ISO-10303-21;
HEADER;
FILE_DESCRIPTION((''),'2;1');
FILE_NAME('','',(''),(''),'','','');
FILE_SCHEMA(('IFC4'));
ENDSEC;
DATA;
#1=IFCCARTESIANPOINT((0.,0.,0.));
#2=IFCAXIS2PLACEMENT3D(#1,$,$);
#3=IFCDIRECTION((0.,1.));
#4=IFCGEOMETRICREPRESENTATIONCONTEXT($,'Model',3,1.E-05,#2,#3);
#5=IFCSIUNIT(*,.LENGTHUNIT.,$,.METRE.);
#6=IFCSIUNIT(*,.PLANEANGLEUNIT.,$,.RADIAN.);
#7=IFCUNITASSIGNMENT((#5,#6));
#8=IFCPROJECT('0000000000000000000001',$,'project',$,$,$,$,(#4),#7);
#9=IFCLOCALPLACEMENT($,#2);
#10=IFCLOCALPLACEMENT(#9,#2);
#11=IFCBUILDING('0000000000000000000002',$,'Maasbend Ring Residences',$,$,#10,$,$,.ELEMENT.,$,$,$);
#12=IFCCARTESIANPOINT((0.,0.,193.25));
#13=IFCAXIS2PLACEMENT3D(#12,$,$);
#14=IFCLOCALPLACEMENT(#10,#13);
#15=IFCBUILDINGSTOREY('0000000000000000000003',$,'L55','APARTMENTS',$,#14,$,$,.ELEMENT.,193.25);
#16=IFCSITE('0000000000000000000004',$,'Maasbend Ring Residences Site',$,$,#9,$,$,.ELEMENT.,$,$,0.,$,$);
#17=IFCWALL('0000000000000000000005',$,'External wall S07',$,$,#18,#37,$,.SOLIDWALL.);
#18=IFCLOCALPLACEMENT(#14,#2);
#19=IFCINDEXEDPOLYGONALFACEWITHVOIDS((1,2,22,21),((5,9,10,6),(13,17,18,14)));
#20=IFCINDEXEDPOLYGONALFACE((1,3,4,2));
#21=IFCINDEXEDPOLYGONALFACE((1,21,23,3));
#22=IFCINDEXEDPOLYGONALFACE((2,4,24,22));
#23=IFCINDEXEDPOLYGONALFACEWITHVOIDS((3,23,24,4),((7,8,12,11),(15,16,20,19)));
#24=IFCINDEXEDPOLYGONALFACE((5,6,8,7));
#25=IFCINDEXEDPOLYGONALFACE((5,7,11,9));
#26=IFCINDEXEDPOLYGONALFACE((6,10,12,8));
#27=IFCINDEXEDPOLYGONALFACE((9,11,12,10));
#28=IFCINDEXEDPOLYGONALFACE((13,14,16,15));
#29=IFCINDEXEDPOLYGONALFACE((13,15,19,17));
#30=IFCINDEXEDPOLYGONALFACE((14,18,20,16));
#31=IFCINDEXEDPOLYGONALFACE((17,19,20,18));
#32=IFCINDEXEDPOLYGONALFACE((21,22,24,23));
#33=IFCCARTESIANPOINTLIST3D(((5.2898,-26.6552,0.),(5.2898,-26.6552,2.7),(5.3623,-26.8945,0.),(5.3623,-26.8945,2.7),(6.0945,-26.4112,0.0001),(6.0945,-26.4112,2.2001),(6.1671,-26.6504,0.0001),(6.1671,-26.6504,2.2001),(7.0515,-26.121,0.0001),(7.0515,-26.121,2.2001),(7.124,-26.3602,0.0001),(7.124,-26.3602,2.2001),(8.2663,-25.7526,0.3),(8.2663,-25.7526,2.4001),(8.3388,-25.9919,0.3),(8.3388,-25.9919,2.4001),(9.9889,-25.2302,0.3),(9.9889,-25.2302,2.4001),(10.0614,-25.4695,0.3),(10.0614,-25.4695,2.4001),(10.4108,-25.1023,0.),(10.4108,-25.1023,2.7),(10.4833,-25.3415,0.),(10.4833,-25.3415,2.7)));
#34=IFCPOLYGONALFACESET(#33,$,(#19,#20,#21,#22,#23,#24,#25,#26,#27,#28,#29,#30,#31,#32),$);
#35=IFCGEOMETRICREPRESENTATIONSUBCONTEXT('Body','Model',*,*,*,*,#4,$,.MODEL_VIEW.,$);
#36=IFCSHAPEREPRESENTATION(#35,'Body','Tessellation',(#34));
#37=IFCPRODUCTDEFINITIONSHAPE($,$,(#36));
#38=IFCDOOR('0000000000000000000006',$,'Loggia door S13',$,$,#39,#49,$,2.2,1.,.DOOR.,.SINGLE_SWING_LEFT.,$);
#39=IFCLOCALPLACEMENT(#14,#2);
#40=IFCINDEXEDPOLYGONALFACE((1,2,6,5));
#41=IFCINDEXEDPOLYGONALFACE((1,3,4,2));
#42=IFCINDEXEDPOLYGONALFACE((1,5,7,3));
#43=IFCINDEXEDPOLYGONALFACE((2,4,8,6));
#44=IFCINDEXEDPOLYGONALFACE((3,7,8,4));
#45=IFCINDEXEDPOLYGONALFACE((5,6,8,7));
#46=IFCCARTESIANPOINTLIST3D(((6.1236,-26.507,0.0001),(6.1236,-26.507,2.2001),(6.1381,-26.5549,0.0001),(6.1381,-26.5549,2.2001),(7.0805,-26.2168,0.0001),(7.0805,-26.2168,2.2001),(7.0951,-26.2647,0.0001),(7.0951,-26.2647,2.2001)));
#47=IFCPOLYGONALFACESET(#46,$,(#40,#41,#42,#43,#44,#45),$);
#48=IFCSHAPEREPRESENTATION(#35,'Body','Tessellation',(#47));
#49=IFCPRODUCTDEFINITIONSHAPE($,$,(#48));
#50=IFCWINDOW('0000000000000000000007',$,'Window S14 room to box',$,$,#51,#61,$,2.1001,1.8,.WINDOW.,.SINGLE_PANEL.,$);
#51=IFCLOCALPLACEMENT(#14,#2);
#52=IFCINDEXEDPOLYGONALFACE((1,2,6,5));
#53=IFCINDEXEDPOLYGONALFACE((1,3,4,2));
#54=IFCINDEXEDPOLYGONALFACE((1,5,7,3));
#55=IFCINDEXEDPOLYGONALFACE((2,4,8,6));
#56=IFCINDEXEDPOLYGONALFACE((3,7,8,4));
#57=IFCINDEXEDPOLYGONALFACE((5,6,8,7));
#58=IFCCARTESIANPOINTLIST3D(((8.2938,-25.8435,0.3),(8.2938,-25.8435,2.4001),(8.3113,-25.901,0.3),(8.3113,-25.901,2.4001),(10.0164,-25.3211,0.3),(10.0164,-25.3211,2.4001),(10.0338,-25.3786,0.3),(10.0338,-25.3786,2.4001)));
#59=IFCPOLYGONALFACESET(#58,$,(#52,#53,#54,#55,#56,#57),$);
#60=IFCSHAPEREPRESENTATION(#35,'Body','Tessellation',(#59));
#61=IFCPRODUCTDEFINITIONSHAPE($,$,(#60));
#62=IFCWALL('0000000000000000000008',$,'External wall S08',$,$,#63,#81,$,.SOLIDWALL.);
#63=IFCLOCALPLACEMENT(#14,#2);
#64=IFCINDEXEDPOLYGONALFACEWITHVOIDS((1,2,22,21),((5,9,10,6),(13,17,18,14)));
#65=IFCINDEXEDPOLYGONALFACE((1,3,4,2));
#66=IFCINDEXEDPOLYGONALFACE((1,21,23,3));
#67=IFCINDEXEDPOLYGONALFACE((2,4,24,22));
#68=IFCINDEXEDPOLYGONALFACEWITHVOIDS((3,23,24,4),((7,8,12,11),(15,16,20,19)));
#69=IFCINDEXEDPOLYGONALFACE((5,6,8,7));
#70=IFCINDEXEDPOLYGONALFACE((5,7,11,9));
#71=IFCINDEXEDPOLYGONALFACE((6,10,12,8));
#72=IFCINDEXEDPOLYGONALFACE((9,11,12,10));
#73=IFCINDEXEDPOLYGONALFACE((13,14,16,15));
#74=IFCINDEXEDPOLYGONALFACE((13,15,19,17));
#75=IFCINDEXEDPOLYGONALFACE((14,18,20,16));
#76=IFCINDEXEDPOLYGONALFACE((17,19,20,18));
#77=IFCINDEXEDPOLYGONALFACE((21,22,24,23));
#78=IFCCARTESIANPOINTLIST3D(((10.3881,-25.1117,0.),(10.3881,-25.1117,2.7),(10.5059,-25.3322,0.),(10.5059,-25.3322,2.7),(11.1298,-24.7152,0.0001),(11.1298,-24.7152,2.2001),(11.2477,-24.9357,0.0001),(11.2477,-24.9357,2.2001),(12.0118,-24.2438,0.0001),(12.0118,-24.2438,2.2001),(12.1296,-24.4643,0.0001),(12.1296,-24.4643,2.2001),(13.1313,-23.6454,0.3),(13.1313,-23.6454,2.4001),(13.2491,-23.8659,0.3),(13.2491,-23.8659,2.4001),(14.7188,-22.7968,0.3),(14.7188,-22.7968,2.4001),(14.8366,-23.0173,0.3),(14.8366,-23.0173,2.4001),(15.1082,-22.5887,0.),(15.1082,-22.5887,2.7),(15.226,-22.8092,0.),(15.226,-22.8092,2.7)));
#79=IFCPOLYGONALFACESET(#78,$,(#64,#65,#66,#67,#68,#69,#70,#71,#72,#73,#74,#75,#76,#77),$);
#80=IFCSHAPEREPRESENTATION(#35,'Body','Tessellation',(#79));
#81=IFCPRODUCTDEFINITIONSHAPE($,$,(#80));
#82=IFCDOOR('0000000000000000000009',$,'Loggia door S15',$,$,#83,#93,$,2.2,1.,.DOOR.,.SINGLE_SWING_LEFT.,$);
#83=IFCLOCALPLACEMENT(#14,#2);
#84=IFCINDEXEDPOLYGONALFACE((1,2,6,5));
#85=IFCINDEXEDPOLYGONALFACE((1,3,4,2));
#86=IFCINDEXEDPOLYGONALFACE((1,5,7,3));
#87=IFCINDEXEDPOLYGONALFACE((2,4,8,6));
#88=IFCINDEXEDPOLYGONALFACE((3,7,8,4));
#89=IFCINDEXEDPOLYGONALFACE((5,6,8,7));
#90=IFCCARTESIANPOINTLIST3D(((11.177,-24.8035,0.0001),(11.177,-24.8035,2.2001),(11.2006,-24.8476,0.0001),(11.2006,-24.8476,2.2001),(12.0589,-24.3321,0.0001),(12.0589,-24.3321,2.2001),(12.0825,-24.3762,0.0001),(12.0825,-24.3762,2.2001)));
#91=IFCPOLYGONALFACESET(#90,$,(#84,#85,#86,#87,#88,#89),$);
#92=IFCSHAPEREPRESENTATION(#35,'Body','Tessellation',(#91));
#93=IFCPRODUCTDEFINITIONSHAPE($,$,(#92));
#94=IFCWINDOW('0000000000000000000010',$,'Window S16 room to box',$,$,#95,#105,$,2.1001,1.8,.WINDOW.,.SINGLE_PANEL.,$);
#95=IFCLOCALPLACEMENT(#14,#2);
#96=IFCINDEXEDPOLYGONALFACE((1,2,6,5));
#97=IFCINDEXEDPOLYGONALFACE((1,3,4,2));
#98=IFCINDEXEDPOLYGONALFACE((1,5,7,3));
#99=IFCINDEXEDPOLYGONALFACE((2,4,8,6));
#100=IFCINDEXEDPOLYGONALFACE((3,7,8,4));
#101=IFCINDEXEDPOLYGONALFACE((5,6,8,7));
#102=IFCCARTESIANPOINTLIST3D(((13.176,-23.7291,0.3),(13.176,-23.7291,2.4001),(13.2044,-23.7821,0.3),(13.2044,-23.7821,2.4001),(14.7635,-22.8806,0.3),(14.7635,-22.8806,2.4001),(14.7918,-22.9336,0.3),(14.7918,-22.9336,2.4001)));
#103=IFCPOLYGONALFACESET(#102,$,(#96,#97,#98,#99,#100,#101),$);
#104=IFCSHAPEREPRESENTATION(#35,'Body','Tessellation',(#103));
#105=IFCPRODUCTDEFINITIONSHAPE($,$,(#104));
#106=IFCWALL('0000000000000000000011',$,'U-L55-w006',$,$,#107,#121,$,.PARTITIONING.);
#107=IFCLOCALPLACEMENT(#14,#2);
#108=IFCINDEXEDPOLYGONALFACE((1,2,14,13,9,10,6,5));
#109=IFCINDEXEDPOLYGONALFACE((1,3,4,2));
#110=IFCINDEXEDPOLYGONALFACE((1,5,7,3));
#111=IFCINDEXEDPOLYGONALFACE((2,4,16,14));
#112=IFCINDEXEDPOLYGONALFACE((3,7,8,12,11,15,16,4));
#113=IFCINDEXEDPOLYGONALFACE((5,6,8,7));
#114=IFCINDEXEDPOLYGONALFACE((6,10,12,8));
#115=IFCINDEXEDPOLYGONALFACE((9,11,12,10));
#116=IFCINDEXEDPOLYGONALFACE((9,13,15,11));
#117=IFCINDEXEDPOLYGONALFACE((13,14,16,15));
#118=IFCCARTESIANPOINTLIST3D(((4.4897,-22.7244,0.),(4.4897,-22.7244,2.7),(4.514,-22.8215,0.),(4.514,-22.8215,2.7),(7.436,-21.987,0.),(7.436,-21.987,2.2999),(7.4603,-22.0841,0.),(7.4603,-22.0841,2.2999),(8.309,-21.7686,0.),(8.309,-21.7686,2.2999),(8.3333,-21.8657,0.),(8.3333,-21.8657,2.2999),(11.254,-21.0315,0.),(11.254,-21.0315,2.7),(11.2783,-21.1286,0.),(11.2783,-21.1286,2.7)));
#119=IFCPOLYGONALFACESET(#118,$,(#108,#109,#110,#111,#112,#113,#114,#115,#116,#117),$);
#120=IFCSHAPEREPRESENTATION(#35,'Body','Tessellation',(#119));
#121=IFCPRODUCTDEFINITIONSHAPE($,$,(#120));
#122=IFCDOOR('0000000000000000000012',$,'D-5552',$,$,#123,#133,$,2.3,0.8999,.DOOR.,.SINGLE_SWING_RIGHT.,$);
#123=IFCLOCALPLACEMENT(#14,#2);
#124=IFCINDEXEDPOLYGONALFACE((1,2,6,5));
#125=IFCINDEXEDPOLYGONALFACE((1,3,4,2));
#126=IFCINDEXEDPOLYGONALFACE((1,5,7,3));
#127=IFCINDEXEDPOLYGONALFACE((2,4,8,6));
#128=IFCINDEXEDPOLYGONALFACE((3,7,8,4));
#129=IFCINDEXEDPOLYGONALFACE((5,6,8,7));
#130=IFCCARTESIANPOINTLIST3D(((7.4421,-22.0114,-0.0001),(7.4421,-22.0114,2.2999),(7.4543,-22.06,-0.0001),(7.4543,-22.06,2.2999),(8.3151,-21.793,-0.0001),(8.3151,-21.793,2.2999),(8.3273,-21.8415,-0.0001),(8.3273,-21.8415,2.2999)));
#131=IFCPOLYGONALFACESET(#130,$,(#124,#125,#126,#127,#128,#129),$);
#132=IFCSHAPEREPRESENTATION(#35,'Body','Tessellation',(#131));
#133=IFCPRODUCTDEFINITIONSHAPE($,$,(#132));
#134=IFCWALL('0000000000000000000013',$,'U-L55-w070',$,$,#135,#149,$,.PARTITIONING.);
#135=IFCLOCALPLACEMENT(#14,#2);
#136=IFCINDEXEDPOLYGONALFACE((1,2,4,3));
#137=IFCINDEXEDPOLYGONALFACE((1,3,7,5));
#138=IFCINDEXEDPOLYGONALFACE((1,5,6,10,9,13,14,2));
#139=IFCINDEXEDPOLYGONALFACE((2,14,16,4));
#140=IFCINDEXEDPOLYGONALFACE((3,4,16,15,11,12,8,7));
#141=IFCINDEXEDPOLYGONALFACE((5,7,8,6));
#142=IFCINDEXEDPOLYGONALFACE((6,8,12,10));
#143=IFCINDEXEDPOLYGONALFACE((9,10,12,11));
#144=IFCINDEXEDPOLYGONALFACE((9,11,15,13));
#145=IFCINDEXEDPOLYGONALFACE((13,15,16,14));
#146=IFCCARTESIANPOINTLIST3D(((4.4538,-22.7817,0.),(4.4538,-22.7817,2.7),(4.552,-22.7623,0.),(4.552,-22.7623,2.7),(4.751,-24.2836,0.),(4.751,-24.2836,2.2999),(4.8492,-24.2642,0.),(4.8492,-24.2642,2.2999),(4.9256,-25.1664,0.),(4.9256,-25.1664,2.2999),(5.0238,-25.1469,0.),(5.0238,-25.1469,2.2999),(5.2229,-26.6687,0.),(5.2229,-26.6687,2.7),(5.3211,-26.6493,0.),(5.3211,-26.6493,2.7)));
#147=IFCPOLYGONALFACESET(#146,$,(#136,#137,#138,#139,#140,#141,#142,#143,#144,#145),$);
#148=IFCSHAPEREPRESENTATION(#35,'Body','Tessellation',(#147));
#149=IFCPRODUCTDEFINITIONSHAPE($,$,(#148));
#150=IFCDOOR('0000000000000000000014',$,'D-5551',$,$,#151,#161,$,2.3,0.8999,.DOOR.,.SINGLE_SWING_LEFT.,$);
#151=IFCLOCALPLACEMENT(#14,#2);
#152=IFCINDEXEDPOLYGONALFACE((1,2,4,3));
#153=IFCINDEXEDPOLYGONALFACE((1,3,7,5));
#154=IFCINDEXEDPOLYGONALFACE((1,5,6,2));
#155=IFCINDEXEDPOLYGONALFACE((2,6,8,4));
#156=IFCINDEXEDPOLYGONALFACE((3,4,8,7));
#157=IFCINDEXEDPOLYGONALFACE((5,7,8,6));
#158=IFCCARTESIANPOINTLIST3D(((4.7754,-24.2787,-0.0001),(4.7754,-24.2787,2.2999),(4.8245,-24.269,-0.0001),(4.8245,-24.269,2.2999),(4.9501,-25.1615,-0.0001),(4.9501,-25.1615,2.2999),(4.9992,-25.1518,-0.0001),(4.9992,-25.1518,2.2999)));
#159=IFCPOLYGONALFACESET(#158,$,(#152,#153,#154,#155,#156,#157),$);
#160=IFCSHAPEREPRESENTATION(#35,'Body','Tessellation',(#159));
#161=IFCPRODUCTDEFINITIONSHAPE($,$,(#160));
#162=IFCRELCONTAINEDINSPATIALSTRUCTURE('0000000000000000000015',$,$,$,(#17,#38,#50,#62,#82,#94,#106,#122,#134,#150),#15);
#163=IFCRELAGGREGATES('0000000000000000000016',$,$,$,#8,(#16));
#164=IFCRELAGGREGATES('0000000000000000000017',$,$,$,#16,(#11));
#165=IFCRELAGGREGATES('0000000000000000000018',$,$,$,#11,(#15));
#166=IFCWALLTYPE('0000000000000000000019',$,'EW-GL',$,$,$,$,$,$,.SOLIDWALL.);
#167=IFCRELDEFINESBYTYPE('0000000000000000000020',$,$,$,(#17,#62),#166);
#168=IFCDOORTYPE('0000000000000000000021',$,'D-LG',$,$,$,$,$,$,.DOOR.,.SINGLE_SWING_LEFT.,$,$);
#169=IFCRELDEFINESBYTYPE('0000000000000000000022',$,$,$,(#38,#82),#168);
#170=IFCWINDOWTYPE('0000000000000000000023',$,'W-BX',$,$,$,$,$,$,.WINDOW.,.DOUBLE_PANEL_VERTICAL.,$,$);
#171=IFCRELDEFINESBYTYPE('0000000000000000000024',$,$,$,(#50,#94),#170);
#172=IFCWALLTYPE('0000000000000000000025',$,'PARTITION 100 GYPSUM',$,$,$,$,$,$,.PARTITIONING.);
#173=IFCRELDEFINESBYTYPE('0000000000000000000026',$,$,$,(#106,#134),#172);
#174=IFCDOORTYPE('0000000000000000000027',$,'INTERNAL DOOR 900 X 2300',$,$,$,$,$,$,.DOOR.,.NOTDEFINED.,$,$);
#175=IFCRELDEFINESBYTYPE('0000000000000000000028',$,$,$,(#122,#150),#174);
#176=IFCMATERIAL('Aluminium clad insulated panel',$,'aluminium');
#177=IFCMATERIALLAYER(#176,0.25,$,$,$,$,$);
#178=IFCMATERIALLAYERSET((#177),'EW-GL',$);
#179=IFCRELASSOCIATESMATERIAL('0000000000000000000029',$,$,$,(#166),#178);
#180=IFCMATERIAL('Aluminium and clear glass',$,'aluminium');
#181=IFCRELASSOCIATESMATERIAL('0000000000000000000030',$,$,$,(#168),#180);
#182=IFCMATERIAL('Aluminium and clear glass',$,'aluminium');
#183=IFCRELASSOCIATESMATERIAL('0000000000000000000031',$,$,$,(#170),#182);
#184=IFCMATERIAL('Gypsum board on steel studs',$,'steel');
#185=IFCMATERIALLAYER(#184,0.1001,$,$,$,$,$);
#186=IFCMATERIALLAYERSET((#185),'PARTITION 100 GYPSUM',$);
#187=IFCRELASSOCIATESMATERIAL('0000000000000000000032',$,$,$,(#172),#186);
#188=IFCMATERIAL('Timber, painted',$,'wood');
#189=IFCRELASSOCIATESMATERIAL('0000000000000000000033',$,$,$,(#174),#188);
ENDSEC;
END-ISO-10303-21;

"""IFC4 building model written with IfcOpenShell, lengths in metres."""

from ifc_helpers import new_model, si_unit, direction, frame, frame_2d, origin, place, context, subcontext, project, spatial, rectangle, extrude, material, layer, layer_set, type_object, element, fill, save


model = new_model("IFC4")

# Units and contexts
model_context = context("Model", 3, precision=1e-05, world=origin(), true_north=direction((0.0, 1.0)))
body_context = subcontext(model_context, "Body", "Model", "MODEL_VIEW")
ifc_project = project(units=[si_unit("LENGTHUNIT", "METRE"), si_unit("PLANEANGLEUNIT", "RADIAN")], contexts=[model_context])

# Site, building, storey
site_placement = place(None, origin())
site = spatial("IfcSite", under=ifc_project, at=site_placement, Name="Maasbend Ring Residences Site", CompositionType="ELEMENT", RefElevation=0.0)
building_placement = place(site_placement, origin())
building = spatial("IfcBuilding", under=site, at=building_placement, Name="Maasbend Ring Residences", CompositionType="ELEMENT")
storey_placement = place(building_placement, frame((0.0, 0.0, 193.25)))
storey = spatial("IfcBuildingStorey", under=building, at=storey_placement, Name="L55", Description="APARTMENTS", CompositionType="ELEMENT", Elevation=193.25)

# Walls, openings, doors, windows
ifc_material_1 = material(Name="Aluminium clad insulated panel", Category="aluminium")
ifc_layer_1 = layer(ifc_material_1, 0.25)
ifc_layer_set_1 = layer_set([ifc_layer_1], Name="EW-GL")
wall_type_1 = type_object("IfcWallType", Name="EW-GL", PredefinedType="SOLIDWALL", material=ifc_layer_set_1)
wall_1_placement = place(storey_placement, frame((5.3259, -26.7749, 0.0), z_axis=(0.0, 0.0, 1.0), x_axis=(0.956966, 0.290201, 0.0)))
wall_1 = element("IfcWall", 1, at=wall_1_placement, inside=storey, type_object=wall_type_1, Name="External wall S07", PredefinedType="SOLIDWALL", context=body_context, shape_type="SweptSolid", body=[
    extrude(rectangle(XDim=5.3513, YDim=0.25, at=frame_2d((2.6758, 0.0))), origin(), (0.0, 0.0, 1.0), 2.7),
])
opening_1_placement = place(wall_1_placement, frame((0.8411, 0.0, 0.0)))
opening_1 = element("IfcOpeningElement", 2, at=opening_1_placement, cuts=wall_1, PredefinedType="OPENING", context=body_context, shape_type="SweptSolid", body=[
    extrude(rectangle(XDim=1.0, YDim=2.2, at=frame_2d((0.5, 1.1001))), frame((0.0, 0.135, 0.0), z_axis=(0.0, -1.0, 0.0), x_axis=(1.0, 0.0, 0.0)), (0.0, 0.0, 1.0), 0.27),
])
opening_2_placement = place(wall_1_placement, frame((3.1106, 0.0, 0.3)))
opening_2 = element("IfcOpeningElement", 3, at=opening_2_placement, cuts=wall_1, PredefinedType="OPENING", context=body_context, shape_type="SweptSolid", body=[
    extrude(rectangle(XDim=1.8, YDim=2.1001, at=frame_2d((0.8999, 1.05))), frame((0.0, 0.135, 0.0), z_axis=(0.0, -1.0, 0.0), x_axis=(1.0, 0.0, 0.0)), (0.0, 0.0, 1.0), 0.27),
])
ifc_material_2 = material(Name="Aluminium and clear glass", Category="aluminium")
door_type_1 = type_object("IfcDoorType", Name="D-LG", OperationType="SINGLE_SWING_LEFT", PredefinedType="DOOR", material=ifc_material_2)
door_1_placement = place(opening_1_placement, origin())
door_1 = element("IfcDoor", 4, at=door_1_placement, inside=storey, type_object=door_type_1, Name="Loggia door S13", OperationType="SINGLE_SWING_LEFT", OverallHeight=2.2, OverallWidth=1.0, PredefinedType="DOOR", context=body_context, shape_type="SweptSolid", body=[
    extrude(rectangle(XDim=1.0, YDim=2.2, at=frame_2d((0.5, 1.1001))), frame((0.0, 0.0249, 0.0), z_axis=(0.0, -1.0, 0.0), x_axis=(1.0, 0.0, 0.0)), (0.0, 0.0, 1.0), 0.05),
])
fill(opening_1, door_1)
ifc_material_3 = material(Name="Aluminium and clear glass", Category="aluminium")
window_type_1 = type_object("IfcWindowType", Name="W-BX", PartitioningType="DOUBLE_PANEL_VERTICAL", PredefinedType="WINDOW", material=ifc_material_3)
window_1_placement = place(opening_2_placement, origin())
window_1 = element("IfcWindow", 5, at=window_1_placement, inside=storey, type_object=window_type_1, Name="Window S14 room to box", OverallHeight=2.1001, OverallWidth=1.8, PartitioningType="SINGLE_PANEL", PredefinedType="WINDOW", context=body_context, shape_type="SweptSolid", body=[
    extrude(rectangle(XDim=1.8, YDim=2.1001, at=frame_2d((0.8999, 1.05))), frame((0.0, 0.03, 0.0), z_axis=(0.0, -1.0, 0.0), x_axis=(1.0, 0.0, 0.0)), (0.0, 0.0, 1.0), 0.0601),
])
fill(opening_2, window_1)
wall_2_placement = place(storey_placement, frame((10.447, -25.2219, 0.0), z_axis=(0.0, 0.0, 1.0), x_axis=(0.881916, 0.471407, 0.0)))
wall_2 = element("IfcWall", 6, at=wall_2_placement, inside=storey, type_object=wall_type_1, Name="External wall S08", PredefinedType="SOLIDWALL", context=body_context, shape_type="SweptSolid", body=[
    extrude(rectangle(XDim=5.3521, YDim=0.25, at=frame_2d((2.676, 0.0))), origin(), (0.0, 0.0, 1.0), 2.7),
])
opening_3_placement = place(wall_2_placement, frame((0.8411, 0.0, 0.0)))
opening_3 = element("IfcOpeningElement", 7, at=opening_3_placement, cuts=wall_2, PredefinedType="OPENING", context=body_context, shape_type="SweptSolid", body=[
    extrude(rectangle(XDim=1.0, YDim=2.2, at=frame_2d((0.5, 1.1001))), frame((0.0, 0.135, 0.0), z_axis=(0.0, -1.0, 0.0), x_axis=(1.0, 0.0, 0.0)), (0.0, 0.0, 1.0), 0.27),
])
opening_4_placement = place(wall_2_placement, frame((3.1106, 0.0, 0.3)))
opening_4 = element("IfcOpeningElement", 8, at=opening_4_placement, cuts=wall_2, PredefinedType="OPENING", context=body_context, shape_type="SweptSolid", body=[
    extrude(rectangle(XDim=1.8, YDim=2.1001, at=frame_2d((0.8999, 1.05))), frame((0.0, 0.135, 0.0), z_axis=(0.0, -1.0, 0.0), x_axis=(1.0, 0.0, 0.0)), (0.0, 0.0, 1.0), 0.27),
])
door_2_placement = place(opening_3_placement, origin())
door_2 = element("IfcDoor", 9, at=door_2_placement, inside=storey, type_object=door_type_1, Name="Loggia door S15", OperationType="SINGLE_SWING_LEFT", OverallHeight=2.2, OverallWidth=1.0, PredefinedType="DOOR", context=body_context, shape_type="SweptSolid", body=[
    extrude(rectangle(XDim=1.0, YDim=2.2, at=frame_2d((0.5, 1.1001))), frame((0.0, 0.0249, 0.0), z_axis=(0.0, -1.0, 0.0), x_axis=(1.0, 0.0, 0.0)), (0.0, 0.0, 1.0), 0.05),
])
fill(opening_3, door_2)
window_2_placement = place(opening_4_placement, origin())
window_2 = element("IfcWindow", 10, at=window_2_placement, inside=storey, type_object=window_type_1, Name="Window S16 room to box", OverallHeight=2.1001, OverallWidth=1.8, PartitioningType="SINGLE_PANEL", PredefinedType="WINDOW", context=body_context, shape_type="SweptSolid", body=[
    extrude(rectangle(XDim=1.8, YDim=2.1001, at=frame_2d((0.8999, 1.05))), frame((0.0, 0.03, 0.0), z_axis=(0.0, -1.0, 0.0), x_axis=(1.0, 0.0, 0.0)), (0.0, 0.0, 1.0), 0.0601),
])
fill(opening_4, window_2)

# Walls, openings, doors
ifc_material_4 = material(Name="Gypsum board on steel studs", Category="steel")
ifc_layer_2 = layer(ifc_material_4, 0.1001)
ifc_layer_set_2 = layer_set([ifc_layer_2], Name="PARTITION 100 GYPSUM")
wall_type_2 = type_object("IfcWallType", Name="PARTITION 100 GYPSUM", PredefinedType="PARTITIONING", material=ifc_layer_set_2)
wall_3_placement = place(storey_placement, frame((4.502, -22.7729, 0.0), z_axis=(0.0, 0.0, 1.0), x_axis=(0.970081, 0.242783, 0.0)))
wall_3 = element("IfcWall", 11, at=wall_3_placement, inside=storey, type_object=wall_type_2, Name="U-L55-w006", PredefinedType="PARTITIONING", context=body_context, shape_type="SweptSolid", body=[
    extrude(rectangle(XDim=6.9729, YDim=0.1001, at=frame_2d((3.4863, 0.0))), origin(), (0.0, 0.0, 1.0), 2.7),
])
opening_5_placement = place(wall_3_placement, frame((3.0371, 0.0, 0.0)))
opening_5 = element("IfcOpeningElement", 12, at=opening_5_placement, cuts=wall_3, PredefinedType="OPENING", context=body_context, shape_type="SweptSolid", body=[
    extrude(rectangle(XDim=0.8999, YDim=2.3, at=frame_2d((0.45, 1.1499))), frame((0.0, 0.0601, 0.0), z_axis=(0.0, -1.0, 0.0), x_axis=(1.0, 0.0, 0.0)), (0.0, 0.0, 1.0), 0.1201),
])
ifc_material_5 = material(Name="Timber, painted", Category="wood")
door_type_2 = type_object("IfcDoorType", Name="INTERNAL DOOR 900 X 2300", OperationType="NOTDEFINED", PredefinedType="DOOR", material=ifc_material_5)
door_3_placement = place(opening_5_placement, origin())
door_3 = element("IfcDoor", 13, at=door_3_placement, inside=storey, type_object=door_type_2, Name="D-5552", OperationType="SINGLE_SWING_RIGHT", OverallHeight=2.3, OverallWidth=0.8999, PredefinedType="DOOR", context=body_context, shape_type="SweptSolid", body=[
    extrude(rectangle(XDim=0.8999, YDim=2.3, at=frame_2d((0.45, 1.1499))), frame((0.0, 0.0249, 0.0), z_axis=(0.0, -1.0, 0.0), x_axis=(1.0, 0.0, 0.0)), (0.0, 0.0, 1.0), 0.05),
])
fill(opening_5, door_3)
wall_4_placement = place(storey_placement, frame((4.5029, -22.772, 0.0), z_axis=(0.0, 0.0, 1.0), x_axis=(0.19409, -0.980984, 0.0)))
wall_4 = element("IfcWall", 14, at=wall_4_placement, inside=storey, type_object=wall_type_2, Name="U-L55-w070", PredefinedType="PARTITIONING", context=body_context, shape_type="SweptSolid", body=[
    extrude(rectangle(XDim=3.9624, YDim=0.1001, at=frame_2d((1.9812, 0.0))), origin(), (0.0, 0.0, 1.0), 2.7),
])
opening_6_placement = place(wall_4_placement, frame((1.531, 0.0, 0.0)))
opening_6 = element("IfcOpeningElement", 15, at=opening_6_placement, cuts=wall_4, PredefinedType="OPENING", context=body_context, shape_type="SweptSolid", body=[
    extrude(rectangle(XDim=0.8999, YDim=2.3, at=frame_2d((0.45, 1.1499))), frame((0.0, 0.0601, 0.0), z_axis=(0.0, -1.0, 0.0), x_axis=(1.0, 0.0, 0.0)), (0.0, 0.0, 1.0), 0.1201),
])
door_4_placement = place(opening_6_placement, origin())
door_4 = element("IfcDoor", 16, at=door_4_placement, inside=storey, type_object=door_type_2, Name="D-5551", OperationType="SINGLE_SWING_LEFT", OverallHeight=2.3, OverallWidth=0.8999, PredefinedType="DOOR", context=body_context, shape_type="SweptSolid", body=[
    extrude(rectangle(XDim=0.8999, YDim=2.3, at=frame_2d((0.45, 1.1499))), frame((0.0, 0.0249, 0.0), z_axis=(0.0, -1.0, 0.0), x_axis=(1.0, 0.0, 0.0)), (0.0, 0.0, 1.0), 0.05),
])
fill(opening_6, door_4)

save(model, "model.ifc")
